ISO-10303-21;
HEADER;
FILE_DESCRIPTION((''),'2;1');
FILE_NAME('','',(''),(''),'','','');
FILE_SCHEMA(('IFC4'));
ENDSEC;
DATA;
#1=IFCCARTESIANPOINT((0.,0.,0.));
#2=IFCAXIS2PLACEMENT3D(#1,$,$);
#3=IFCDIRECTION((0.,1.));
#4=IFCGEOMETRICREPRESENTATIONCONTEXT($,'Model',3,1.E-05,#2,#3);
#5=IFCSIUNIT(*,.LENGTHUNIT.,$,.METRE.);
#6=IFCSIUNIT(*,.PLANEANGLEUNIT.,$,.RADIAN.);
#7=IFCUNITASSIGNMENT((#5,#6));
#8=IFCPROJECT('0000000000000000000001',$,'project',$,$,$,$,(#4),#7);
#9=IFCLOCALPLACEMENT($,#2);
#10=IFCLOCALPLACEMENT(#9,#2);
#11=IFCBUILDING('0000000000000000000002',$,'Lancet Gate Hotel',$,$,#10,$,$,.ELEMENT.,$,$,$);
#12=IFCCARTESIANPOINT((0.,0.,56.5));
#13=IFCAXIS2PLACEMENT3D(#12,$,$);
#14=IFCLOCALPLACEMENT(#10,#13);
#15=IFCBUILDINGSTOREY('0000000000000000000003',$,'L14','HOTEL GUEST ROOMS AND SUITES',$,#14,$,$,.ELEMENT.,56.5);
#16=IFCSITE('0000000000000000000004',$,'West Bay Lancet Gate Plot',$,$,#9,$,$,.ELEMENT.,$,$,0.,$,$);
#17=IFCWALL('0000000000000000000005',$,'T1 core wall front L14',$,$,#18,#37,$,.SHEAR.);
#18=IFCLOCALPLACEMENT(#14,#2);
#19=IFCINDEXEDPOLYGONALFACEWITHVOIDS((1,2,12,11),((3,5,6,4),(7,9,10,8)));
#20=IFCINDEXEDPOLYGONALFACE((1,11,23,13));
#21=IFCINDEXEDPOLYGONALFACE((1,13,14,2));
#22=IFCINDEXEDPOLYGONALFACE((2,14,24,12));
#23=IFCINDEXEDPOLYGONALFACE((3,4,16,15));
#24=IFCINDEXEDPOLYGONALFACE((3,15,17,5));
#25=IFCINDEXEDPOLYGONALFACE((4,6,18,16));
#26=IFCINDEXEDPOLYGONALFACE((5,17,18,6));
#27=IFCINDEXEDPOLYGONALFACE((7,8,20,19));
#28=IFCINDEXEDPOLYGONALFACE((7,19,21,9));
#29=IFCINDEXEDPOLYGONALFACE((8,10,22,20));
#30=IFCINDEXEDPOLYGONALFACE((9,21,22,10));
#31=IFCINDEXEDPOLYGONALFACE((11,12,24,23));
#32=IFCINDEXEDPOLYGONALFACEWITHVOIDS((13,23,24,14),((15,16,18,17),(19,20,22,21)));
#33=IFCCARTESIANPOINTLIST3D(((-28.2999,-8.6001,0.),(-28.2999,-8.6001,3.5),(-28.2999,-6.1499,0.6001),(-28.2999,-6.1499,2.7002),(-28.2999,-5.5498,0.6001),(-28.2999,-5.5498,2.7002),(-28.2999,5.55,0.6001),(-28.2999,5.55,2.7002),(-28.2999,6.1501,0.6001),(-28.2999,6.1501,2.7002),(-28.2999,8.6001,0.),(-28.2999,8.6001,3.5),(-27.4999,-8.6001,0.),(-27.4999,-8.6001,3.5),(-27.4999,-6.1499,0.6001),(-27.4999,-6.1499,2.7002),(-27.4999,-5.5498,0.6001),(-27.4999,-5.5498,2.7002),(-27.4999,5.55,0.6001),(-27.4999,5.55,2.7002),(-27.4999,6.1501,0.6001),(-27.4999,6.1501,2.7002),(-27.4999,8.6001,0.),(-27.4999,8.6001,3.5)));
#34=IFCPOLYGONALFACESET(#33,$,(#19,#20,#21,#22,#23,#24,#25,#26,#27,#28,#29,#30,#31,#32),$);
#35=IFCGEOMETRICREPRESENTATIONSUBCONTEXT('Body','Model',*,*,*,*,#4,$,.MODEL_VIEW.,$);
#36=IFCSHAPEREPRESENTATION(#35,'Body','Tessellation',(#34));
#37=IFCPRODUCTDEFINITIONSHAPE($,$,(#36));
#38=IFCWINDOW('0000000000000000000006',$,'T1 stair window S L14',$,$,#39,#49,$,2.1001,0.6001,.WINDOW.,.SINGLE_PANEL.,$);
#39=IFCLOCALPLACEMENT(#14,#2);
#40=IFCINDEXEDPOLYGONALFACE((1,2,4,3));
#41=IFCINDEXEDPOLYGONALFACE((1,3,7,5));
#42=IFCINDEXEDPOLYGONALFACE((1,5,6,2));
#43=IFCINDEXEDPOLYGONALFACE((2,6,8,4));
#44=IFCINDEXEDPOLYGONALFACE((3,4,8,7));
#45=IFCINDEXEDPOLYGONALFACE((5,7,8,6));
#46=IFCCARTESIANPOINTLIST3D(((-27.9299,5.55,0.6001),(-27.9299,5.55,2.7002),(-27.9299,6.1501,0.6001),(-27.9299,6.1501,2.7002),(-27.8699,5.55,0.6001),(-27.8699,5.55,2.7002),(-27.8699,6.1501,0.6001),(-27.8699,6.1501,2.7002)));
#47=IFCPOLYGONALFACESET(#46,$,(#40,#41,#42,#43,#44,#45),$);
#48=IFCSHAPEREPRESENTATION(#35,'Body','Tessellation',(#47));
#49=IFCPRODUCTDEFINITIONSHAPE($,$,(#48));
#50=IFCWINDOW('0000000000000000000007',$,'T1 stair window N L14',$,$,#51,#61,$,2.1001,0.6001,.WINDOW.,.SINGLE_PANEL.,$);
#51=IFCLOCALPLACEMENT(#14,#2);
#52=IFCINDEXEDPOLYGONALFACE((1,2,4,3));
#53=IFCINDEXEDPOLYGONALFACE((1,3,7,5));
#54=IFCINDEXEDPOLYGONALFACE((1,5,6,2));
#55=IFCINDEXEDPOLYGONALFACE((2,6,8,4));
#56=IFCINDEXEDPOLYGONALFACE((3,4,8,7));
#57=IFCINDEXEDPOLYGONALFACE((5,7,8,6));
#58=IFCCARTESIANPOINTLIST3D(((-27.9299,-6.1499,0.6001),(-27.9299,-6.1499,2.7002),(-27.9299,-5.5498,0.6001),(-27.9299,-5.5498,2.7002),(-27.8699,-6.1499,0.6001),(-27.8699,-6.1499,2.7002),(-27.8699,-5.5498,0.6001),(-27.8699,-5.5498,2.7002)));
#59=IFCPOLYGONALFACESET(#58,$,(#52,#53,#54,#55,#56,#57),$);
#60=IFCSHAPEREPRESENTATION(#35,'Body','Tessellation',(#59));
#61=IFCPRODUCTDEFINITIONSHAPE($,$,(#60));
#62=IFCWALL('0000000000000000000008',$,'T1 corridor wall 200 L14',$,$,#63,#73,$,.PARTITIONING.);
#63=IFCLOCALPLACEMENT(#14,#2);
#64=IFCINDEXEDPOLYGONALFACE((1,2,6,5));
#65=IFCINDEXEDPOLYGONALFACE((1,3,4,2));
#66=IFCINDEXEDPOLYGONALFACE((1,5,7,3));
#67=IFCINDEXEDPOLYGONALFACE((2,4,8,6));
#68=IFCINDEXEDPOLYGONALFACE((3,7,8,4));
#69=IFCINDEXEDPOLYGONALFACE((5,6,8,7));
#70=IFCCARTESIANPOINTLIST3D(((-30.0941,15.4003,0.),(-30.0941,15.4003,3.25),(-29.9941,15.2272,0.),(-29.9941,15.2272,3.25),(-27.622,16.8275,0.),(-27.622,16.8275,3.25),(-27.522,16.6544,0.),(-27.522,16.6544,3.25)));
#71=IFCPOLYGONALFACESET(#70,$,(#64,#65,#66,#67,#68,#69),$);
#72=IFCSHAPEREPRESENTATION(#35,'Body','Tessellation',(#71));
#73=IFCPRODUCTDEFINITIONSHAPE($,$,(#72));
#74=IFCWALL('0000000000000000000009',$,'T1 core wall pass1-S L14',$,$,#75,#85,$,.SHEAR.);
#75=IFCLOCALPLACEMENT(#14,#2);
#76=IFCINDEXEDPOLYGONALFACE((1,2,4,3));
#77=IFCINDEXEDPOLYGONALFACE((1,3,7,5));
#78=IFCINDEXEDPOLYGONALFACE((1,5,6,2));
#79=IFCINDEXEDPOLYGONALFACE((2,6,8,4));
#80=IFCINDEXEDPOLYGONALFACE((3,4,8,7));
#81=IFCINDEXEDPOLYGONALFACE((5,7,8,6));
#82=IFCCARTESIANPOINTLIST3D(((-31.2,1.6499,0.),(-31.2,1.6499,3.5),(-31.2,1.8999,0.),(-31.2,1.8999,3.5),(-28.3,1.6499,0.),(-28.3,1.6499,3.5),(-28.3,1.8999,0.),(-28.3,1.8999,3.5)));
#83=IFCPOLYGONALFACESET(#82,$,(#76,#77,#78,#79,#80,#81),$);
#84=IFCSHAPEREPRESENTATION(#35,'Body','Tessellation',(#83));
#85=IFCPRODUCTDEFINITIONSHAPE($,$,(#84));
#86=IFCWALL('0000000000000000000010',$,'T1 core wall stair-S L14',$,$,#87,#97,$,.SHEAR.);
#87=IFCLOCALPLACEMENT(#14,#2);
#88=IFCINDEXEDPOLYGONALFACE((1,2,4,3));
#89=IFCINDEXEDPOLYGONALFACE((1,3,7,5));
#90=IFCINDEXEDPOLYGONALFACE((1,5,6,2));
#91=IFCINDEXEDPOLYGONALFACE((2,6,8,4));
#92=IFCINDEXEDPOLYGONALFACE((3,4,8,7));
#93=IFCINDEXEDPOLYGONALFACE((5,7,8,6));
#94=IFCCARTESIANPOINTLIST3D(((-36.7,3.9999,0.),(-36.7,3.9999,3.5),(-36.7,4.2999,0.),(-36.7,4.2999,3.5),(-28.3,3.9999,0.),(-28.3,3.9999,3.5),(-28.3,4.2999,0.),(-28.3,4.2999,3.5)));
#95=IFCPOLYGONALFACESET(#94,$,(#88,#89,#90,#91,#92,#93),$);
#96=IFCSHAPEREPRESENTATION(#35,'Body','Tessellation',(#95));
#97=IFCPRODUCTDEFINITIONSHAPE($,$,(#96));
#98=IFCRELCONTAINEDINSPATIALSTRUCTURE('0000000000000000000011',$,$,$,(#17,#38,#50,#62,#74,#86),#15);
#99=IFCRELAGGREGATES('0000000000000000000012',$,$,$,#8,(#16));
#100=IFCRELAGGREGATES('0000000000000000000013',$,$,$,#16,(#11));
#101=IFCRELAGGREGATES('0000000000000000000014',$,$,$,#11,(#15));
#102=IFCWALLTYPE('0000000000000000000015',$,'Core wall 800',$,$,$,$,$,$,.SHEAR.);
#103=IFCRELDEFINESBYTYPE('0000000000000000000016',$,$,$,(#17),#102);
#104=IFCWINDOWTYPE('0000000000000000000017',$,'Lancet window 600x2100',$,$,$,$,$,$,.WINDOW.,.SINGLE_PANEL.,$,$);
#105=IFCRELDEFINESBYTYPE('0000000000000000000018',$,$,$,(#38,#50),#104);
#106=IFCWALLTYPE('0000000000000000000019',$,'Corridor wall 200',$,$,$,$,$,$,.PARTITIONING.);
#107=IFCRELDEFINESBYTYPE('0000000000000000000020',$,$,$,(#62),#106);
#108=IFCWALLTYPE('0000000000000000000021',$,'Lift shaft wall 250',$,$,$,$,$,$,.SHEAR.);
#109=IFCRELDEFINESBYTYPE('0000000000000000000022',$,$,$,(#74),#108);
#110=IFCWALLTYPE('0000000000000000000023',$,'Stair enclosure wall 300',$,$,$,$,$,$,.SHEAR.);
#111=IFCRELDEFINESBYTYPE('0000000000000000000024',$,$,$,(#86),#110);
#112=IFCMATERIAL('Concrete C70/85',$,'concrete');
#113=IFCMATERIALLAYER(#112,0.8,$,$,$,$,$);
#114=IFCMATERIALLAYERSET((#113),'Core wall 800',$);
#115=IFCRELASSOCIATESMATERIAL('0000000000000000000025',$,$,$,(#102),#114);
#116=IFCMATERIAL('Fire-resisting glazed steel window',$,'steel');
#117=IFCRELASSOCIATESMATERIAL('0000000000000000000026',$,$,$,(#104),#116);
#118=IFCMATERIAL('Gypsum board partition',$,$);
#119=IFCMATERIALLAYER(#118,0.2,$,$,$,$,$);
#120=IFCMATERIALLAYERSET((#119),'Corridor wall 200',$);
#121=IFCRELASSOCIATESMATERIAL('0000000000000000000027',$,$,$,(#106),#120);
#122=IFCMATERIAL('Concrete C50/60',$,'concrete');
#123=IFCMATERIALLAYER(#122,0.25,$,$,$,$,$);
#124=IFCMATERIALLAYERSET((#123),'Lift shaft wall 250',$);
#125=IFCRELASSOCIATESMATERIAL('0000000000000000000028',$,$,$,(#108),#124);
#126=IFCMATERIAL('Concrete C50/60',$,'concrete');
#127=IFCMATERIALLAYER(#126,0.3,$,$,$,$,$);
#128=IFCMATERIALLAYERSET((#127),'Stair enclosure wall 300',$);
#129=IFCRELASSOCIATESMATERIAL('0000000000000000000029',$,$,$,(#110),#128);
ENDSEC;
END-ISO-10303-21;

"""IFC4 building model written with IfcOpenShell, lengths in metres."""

from ifc_helpers import new_model, si_unit, direction, frame, frame_2d, origin, place, context, subcontext, project, spatial, rectangle, extrude, material, layer, layer_set, type_object, element, fill, save


model = new_model("IFC4")

# Units and contexts
model_context = context("Model", 3, precision=1e-05, world=origin(), true_north=direction((0.0, 1.0)))
body_context = subcontext(model_context, "Body", "Model", "MODEL_VIEW")
ifc_project = project(units=[si_unit("LENGTHUNIT", "METRE"), si_unit("PLANEANGLEUNIT", "RADIAN")], contexts=[model_context])

# Site, building, storey
site_placement = place(None, origin())
site = spatial("IfcSite", under=ifc_project, at=site_placement, Name="West Bay Lancet Gate Plot", CompositionType="ELEMENT", RefElevation=0.0)
building_placement = place(site_placement, origin())
building = spatial("IfcBuilding", under=site, at=building_placement, Name="Lancet Gate Hotel", CompositionType="ELEMENT")
storey_placement = place(building_placement, frame((0.0, 0.0, 56.5)))
storey = spatial("IfcBuildingStorey", under=building, at=storey_placement, Name="L14", Description="HOTEL GUEST ROOMS AND SUITES", CompositionType="ELEMENT", Elevation=56.5)

# Wall, openings, windows
ifc_material_1 = material(Name="Concrete C70/85", Category="concrete")
ifc_layer_1 = layer(ifc_material_1, 0.8)
ifc_layer_set_1 = layer_set([ifc_layer_1], Name="Core wall 800")
wall_type_1 = type_object("IfcWallType", Name="Core wall 800", PredefinedType="SHEAR", material=ifc_layer_set_1)
wall_1_placement = place(storey_placement, frame((-27.8999, 8.6001, 0.0), z_axis=(0.0, 0.0, 1.0), x_axis=(0.0, -1.0, 0.0)))
wall_1 = element("IfcWall", 1, at=wall_1_placement, inside=storey, type_object=wall_type_1, Name="T1 core wall front L14", PredefinedType="SHEAR", context=body_context, shape_type="SweptSolid", body=[
    extrude(rectangle(XDim=17.2002, YDim=0.8, at=frame_2d((8.6001, 0.0))), origin(), (0.0, 0.0, 1.0), 3.5),
])
opening_1_placement = place(wall_1_placement, frame((2.45, 0.0, 0.6001)))
opening_1 = element("IfcOpeningElement", 2, at=opening_1_placement, cuts=wall_1, PredefinedType="OPENING", context=body_context, shape_type="SweptSolid", body=[
    extrude(rectangle(XDim=0.6001, YDim=2.1001, at=frame_2d((0.3, 1.05))), frame((0.0, 0.4099, 0.0), z_axis=(0.0, -1.0, 0.0), x_axis=(1.0, 0.0, 0.0)), (0.0, 0.0, 1.0), 0.8201),
])
opening_2_placement = place(wall_1_placement, frame((14.1499, 0.0, 0.6001)))
opening_2 = element("IfcOpeningElement", 3, at=opening_2_placement, cuts=wall_1, PredefinedType="OPENING", context=body_context, shape_type="SweptSolid", body=[
    extrude(rectangle(XDim=0.6001, YDim=2.1001, at=frame_2d((0.3, 1.05))), frame((0.0, 0.4099, 0.0), z_axis=(0.0, -1.0, 0.0), x_axis=(1.0, 0.0, 0.0)), (0.0, 0.0, 1.0), 0.8201),
])
ifc_material_2 = material(Name="Fire-resisting glazed steel window", Category="steel")
window_type = type_object("IfcWindowType", Name="Lancet window 600x2100", PartitioningType="SINGLE_PANEL", PredefinedType="WINDOW", material=ifc_material_2)
window_1_placement = place(opening_1_placement, origin())
window_1 = element("IfcWindow", 4, at=window_1_placement, inside=storey, type_object=window_type, Name="T1 stair window S L14", OverallHeight=2.1001, OverallWidth=0.6001, PartitioningType="SINGLE_PANEL", PredefinedType="WINDOW", context=body_context, shape_type="SweptSolid", body=[
    extrude(rectangle(XDim=0.6001, YDim=2.1001, at=frame_2d((0.3, 1.05))), frame((0.0, 0.03, 0.0), z_axis=(0.0, -1.0, 0.0), x_axis=(1.0, 0.0, 0.0)), (0.0, 0.0, 1.0), 0.0601),
])
fill(opening_1, window_1)
window_2_placement = place(opening_2_placement, origin())
window_2 = element("IfcWindow", 5, at=window_2_placement, inside=storey, type_object=window_type, Name="T1 stair window N L14", OverallHeight=2.1001, OverallWidth=0.6001, PartitioningType="SINGLE_PANEL", PredefinedType="WINDOW", context=body_context, shape_type="SweptSolid", body=[
    extrude(rectangle(XDim=0.6001, YDim=2.1001, at=frame_2d((0.3, 1.05))), frame((0.0, 0.03, 0.0), z_axis=(0.0, -1.0, 0.0), x_axis=(1.0, 0.0, 0.0)), (0.0, 0.0, 1.0), 0.0601),
])
fill(opening_2, window_2)

# Walls
ifc_material_3 = material(Name="Gypsum board partition")
ifc_layer_2 = layer(ifc_material_3, 0.2)
ifc_layer_set_2 = layer_set([ifc_layer_2], Name="Corridor wall 200")
wall_type_2 = type_object("IfcWallType", Name="Corridor wall 200", PredefinedType="PARTITIONING", material=ifc_layer_set_2)
wall_2_placement = place(storey_placement, frame((-27.572, 16.741, 0.0), z_axis=(0.0, 0.0, 1.0), x_axis=(-0.866035, -0.499984, 0.0)))
element("IfcWall", 6, at=wall_2_placement, inside=storey, type_object=wall_type_2, Name="T1 corridor wall 200 L14", PredefinedType="PARTITIONING", context=body_context, shape_type="SweptSolid", body=[
    extrude(rectangle(XDim=2.8545, YDim=0.2, at=frame_2d((1.4272, 0.0))), origin(), (0.0, 0.0, 1.0), 3.25),
])
ifc_material_4 = material(Name="Concrete C50/60", Category="concrete")
ifc_layer_3 = layer(ifc_material_4, 0.25)
ifc_layer_set_3 = layer_set([ifc_layer_3], Name="Lift shaft wall 250")
wall_type_3 = type_object("IfcWallType", Name="Lift shaft wall 250", PredefinedType="SHEAR", material=ifc_layer_set_3)
wall_3_placement = place(storey_placement, frame((-28.3, 1.7749, 0.0), z_axis=(0.0, 0.0, 1.0), x_axis=(-1.0, 0.0, 0.0)))
element("IfcWall", 7, at=wall_3_placement, inside=storey, type_object=wall_type_3, Name="T1 core wall pass1-S L14", PredefinedType="SHEAR", context=body_context, shape_type="SweptSolid", body=[
    extrude(rectangle(XDim=2.8999, YDim=0.25, at=frame_2d((1.45, 0.0))), origin(), (0.0, 0.0, 1.0), 3.5),
])
ifc_material_5 = material(Name="Concrete C50/60", Category="concrete")
ifc_layer_4 = layer(ifc_material_5, 0.3)
ifc_layer_set_4 = layer_set([ifc_layer_4], Name="Stair enclosure wall 300")
wall_type_4 = type_object("IfcWallType", Name="Stair enclosure wall 300", PredefinedType="SHEAR", material=ifc_layer_set_4)
wall_4_placement = place(storey_placement, frame((-28.3, 4.1499, 0.0), z_axis=(0.0, 0.0, 1.0), x_axis=(-1.0, 0.0, 0.0)))
element("IfcWall", 8, at=wall_4_placement, inside=storey, type_object=wall_type_4, Name="T1 core wall stair-S L14", PredefinedType="SHEAR", context=body_context, shape_type="SweptSolid", body=[
    extrude(rectangle(XDim=8.3999, YDim=0.3, at=frame_2d((4.2, 0.0))), origin(), (0.0, 0.0, 1.0), 3.5),
])

save(model, "model.ifc")
